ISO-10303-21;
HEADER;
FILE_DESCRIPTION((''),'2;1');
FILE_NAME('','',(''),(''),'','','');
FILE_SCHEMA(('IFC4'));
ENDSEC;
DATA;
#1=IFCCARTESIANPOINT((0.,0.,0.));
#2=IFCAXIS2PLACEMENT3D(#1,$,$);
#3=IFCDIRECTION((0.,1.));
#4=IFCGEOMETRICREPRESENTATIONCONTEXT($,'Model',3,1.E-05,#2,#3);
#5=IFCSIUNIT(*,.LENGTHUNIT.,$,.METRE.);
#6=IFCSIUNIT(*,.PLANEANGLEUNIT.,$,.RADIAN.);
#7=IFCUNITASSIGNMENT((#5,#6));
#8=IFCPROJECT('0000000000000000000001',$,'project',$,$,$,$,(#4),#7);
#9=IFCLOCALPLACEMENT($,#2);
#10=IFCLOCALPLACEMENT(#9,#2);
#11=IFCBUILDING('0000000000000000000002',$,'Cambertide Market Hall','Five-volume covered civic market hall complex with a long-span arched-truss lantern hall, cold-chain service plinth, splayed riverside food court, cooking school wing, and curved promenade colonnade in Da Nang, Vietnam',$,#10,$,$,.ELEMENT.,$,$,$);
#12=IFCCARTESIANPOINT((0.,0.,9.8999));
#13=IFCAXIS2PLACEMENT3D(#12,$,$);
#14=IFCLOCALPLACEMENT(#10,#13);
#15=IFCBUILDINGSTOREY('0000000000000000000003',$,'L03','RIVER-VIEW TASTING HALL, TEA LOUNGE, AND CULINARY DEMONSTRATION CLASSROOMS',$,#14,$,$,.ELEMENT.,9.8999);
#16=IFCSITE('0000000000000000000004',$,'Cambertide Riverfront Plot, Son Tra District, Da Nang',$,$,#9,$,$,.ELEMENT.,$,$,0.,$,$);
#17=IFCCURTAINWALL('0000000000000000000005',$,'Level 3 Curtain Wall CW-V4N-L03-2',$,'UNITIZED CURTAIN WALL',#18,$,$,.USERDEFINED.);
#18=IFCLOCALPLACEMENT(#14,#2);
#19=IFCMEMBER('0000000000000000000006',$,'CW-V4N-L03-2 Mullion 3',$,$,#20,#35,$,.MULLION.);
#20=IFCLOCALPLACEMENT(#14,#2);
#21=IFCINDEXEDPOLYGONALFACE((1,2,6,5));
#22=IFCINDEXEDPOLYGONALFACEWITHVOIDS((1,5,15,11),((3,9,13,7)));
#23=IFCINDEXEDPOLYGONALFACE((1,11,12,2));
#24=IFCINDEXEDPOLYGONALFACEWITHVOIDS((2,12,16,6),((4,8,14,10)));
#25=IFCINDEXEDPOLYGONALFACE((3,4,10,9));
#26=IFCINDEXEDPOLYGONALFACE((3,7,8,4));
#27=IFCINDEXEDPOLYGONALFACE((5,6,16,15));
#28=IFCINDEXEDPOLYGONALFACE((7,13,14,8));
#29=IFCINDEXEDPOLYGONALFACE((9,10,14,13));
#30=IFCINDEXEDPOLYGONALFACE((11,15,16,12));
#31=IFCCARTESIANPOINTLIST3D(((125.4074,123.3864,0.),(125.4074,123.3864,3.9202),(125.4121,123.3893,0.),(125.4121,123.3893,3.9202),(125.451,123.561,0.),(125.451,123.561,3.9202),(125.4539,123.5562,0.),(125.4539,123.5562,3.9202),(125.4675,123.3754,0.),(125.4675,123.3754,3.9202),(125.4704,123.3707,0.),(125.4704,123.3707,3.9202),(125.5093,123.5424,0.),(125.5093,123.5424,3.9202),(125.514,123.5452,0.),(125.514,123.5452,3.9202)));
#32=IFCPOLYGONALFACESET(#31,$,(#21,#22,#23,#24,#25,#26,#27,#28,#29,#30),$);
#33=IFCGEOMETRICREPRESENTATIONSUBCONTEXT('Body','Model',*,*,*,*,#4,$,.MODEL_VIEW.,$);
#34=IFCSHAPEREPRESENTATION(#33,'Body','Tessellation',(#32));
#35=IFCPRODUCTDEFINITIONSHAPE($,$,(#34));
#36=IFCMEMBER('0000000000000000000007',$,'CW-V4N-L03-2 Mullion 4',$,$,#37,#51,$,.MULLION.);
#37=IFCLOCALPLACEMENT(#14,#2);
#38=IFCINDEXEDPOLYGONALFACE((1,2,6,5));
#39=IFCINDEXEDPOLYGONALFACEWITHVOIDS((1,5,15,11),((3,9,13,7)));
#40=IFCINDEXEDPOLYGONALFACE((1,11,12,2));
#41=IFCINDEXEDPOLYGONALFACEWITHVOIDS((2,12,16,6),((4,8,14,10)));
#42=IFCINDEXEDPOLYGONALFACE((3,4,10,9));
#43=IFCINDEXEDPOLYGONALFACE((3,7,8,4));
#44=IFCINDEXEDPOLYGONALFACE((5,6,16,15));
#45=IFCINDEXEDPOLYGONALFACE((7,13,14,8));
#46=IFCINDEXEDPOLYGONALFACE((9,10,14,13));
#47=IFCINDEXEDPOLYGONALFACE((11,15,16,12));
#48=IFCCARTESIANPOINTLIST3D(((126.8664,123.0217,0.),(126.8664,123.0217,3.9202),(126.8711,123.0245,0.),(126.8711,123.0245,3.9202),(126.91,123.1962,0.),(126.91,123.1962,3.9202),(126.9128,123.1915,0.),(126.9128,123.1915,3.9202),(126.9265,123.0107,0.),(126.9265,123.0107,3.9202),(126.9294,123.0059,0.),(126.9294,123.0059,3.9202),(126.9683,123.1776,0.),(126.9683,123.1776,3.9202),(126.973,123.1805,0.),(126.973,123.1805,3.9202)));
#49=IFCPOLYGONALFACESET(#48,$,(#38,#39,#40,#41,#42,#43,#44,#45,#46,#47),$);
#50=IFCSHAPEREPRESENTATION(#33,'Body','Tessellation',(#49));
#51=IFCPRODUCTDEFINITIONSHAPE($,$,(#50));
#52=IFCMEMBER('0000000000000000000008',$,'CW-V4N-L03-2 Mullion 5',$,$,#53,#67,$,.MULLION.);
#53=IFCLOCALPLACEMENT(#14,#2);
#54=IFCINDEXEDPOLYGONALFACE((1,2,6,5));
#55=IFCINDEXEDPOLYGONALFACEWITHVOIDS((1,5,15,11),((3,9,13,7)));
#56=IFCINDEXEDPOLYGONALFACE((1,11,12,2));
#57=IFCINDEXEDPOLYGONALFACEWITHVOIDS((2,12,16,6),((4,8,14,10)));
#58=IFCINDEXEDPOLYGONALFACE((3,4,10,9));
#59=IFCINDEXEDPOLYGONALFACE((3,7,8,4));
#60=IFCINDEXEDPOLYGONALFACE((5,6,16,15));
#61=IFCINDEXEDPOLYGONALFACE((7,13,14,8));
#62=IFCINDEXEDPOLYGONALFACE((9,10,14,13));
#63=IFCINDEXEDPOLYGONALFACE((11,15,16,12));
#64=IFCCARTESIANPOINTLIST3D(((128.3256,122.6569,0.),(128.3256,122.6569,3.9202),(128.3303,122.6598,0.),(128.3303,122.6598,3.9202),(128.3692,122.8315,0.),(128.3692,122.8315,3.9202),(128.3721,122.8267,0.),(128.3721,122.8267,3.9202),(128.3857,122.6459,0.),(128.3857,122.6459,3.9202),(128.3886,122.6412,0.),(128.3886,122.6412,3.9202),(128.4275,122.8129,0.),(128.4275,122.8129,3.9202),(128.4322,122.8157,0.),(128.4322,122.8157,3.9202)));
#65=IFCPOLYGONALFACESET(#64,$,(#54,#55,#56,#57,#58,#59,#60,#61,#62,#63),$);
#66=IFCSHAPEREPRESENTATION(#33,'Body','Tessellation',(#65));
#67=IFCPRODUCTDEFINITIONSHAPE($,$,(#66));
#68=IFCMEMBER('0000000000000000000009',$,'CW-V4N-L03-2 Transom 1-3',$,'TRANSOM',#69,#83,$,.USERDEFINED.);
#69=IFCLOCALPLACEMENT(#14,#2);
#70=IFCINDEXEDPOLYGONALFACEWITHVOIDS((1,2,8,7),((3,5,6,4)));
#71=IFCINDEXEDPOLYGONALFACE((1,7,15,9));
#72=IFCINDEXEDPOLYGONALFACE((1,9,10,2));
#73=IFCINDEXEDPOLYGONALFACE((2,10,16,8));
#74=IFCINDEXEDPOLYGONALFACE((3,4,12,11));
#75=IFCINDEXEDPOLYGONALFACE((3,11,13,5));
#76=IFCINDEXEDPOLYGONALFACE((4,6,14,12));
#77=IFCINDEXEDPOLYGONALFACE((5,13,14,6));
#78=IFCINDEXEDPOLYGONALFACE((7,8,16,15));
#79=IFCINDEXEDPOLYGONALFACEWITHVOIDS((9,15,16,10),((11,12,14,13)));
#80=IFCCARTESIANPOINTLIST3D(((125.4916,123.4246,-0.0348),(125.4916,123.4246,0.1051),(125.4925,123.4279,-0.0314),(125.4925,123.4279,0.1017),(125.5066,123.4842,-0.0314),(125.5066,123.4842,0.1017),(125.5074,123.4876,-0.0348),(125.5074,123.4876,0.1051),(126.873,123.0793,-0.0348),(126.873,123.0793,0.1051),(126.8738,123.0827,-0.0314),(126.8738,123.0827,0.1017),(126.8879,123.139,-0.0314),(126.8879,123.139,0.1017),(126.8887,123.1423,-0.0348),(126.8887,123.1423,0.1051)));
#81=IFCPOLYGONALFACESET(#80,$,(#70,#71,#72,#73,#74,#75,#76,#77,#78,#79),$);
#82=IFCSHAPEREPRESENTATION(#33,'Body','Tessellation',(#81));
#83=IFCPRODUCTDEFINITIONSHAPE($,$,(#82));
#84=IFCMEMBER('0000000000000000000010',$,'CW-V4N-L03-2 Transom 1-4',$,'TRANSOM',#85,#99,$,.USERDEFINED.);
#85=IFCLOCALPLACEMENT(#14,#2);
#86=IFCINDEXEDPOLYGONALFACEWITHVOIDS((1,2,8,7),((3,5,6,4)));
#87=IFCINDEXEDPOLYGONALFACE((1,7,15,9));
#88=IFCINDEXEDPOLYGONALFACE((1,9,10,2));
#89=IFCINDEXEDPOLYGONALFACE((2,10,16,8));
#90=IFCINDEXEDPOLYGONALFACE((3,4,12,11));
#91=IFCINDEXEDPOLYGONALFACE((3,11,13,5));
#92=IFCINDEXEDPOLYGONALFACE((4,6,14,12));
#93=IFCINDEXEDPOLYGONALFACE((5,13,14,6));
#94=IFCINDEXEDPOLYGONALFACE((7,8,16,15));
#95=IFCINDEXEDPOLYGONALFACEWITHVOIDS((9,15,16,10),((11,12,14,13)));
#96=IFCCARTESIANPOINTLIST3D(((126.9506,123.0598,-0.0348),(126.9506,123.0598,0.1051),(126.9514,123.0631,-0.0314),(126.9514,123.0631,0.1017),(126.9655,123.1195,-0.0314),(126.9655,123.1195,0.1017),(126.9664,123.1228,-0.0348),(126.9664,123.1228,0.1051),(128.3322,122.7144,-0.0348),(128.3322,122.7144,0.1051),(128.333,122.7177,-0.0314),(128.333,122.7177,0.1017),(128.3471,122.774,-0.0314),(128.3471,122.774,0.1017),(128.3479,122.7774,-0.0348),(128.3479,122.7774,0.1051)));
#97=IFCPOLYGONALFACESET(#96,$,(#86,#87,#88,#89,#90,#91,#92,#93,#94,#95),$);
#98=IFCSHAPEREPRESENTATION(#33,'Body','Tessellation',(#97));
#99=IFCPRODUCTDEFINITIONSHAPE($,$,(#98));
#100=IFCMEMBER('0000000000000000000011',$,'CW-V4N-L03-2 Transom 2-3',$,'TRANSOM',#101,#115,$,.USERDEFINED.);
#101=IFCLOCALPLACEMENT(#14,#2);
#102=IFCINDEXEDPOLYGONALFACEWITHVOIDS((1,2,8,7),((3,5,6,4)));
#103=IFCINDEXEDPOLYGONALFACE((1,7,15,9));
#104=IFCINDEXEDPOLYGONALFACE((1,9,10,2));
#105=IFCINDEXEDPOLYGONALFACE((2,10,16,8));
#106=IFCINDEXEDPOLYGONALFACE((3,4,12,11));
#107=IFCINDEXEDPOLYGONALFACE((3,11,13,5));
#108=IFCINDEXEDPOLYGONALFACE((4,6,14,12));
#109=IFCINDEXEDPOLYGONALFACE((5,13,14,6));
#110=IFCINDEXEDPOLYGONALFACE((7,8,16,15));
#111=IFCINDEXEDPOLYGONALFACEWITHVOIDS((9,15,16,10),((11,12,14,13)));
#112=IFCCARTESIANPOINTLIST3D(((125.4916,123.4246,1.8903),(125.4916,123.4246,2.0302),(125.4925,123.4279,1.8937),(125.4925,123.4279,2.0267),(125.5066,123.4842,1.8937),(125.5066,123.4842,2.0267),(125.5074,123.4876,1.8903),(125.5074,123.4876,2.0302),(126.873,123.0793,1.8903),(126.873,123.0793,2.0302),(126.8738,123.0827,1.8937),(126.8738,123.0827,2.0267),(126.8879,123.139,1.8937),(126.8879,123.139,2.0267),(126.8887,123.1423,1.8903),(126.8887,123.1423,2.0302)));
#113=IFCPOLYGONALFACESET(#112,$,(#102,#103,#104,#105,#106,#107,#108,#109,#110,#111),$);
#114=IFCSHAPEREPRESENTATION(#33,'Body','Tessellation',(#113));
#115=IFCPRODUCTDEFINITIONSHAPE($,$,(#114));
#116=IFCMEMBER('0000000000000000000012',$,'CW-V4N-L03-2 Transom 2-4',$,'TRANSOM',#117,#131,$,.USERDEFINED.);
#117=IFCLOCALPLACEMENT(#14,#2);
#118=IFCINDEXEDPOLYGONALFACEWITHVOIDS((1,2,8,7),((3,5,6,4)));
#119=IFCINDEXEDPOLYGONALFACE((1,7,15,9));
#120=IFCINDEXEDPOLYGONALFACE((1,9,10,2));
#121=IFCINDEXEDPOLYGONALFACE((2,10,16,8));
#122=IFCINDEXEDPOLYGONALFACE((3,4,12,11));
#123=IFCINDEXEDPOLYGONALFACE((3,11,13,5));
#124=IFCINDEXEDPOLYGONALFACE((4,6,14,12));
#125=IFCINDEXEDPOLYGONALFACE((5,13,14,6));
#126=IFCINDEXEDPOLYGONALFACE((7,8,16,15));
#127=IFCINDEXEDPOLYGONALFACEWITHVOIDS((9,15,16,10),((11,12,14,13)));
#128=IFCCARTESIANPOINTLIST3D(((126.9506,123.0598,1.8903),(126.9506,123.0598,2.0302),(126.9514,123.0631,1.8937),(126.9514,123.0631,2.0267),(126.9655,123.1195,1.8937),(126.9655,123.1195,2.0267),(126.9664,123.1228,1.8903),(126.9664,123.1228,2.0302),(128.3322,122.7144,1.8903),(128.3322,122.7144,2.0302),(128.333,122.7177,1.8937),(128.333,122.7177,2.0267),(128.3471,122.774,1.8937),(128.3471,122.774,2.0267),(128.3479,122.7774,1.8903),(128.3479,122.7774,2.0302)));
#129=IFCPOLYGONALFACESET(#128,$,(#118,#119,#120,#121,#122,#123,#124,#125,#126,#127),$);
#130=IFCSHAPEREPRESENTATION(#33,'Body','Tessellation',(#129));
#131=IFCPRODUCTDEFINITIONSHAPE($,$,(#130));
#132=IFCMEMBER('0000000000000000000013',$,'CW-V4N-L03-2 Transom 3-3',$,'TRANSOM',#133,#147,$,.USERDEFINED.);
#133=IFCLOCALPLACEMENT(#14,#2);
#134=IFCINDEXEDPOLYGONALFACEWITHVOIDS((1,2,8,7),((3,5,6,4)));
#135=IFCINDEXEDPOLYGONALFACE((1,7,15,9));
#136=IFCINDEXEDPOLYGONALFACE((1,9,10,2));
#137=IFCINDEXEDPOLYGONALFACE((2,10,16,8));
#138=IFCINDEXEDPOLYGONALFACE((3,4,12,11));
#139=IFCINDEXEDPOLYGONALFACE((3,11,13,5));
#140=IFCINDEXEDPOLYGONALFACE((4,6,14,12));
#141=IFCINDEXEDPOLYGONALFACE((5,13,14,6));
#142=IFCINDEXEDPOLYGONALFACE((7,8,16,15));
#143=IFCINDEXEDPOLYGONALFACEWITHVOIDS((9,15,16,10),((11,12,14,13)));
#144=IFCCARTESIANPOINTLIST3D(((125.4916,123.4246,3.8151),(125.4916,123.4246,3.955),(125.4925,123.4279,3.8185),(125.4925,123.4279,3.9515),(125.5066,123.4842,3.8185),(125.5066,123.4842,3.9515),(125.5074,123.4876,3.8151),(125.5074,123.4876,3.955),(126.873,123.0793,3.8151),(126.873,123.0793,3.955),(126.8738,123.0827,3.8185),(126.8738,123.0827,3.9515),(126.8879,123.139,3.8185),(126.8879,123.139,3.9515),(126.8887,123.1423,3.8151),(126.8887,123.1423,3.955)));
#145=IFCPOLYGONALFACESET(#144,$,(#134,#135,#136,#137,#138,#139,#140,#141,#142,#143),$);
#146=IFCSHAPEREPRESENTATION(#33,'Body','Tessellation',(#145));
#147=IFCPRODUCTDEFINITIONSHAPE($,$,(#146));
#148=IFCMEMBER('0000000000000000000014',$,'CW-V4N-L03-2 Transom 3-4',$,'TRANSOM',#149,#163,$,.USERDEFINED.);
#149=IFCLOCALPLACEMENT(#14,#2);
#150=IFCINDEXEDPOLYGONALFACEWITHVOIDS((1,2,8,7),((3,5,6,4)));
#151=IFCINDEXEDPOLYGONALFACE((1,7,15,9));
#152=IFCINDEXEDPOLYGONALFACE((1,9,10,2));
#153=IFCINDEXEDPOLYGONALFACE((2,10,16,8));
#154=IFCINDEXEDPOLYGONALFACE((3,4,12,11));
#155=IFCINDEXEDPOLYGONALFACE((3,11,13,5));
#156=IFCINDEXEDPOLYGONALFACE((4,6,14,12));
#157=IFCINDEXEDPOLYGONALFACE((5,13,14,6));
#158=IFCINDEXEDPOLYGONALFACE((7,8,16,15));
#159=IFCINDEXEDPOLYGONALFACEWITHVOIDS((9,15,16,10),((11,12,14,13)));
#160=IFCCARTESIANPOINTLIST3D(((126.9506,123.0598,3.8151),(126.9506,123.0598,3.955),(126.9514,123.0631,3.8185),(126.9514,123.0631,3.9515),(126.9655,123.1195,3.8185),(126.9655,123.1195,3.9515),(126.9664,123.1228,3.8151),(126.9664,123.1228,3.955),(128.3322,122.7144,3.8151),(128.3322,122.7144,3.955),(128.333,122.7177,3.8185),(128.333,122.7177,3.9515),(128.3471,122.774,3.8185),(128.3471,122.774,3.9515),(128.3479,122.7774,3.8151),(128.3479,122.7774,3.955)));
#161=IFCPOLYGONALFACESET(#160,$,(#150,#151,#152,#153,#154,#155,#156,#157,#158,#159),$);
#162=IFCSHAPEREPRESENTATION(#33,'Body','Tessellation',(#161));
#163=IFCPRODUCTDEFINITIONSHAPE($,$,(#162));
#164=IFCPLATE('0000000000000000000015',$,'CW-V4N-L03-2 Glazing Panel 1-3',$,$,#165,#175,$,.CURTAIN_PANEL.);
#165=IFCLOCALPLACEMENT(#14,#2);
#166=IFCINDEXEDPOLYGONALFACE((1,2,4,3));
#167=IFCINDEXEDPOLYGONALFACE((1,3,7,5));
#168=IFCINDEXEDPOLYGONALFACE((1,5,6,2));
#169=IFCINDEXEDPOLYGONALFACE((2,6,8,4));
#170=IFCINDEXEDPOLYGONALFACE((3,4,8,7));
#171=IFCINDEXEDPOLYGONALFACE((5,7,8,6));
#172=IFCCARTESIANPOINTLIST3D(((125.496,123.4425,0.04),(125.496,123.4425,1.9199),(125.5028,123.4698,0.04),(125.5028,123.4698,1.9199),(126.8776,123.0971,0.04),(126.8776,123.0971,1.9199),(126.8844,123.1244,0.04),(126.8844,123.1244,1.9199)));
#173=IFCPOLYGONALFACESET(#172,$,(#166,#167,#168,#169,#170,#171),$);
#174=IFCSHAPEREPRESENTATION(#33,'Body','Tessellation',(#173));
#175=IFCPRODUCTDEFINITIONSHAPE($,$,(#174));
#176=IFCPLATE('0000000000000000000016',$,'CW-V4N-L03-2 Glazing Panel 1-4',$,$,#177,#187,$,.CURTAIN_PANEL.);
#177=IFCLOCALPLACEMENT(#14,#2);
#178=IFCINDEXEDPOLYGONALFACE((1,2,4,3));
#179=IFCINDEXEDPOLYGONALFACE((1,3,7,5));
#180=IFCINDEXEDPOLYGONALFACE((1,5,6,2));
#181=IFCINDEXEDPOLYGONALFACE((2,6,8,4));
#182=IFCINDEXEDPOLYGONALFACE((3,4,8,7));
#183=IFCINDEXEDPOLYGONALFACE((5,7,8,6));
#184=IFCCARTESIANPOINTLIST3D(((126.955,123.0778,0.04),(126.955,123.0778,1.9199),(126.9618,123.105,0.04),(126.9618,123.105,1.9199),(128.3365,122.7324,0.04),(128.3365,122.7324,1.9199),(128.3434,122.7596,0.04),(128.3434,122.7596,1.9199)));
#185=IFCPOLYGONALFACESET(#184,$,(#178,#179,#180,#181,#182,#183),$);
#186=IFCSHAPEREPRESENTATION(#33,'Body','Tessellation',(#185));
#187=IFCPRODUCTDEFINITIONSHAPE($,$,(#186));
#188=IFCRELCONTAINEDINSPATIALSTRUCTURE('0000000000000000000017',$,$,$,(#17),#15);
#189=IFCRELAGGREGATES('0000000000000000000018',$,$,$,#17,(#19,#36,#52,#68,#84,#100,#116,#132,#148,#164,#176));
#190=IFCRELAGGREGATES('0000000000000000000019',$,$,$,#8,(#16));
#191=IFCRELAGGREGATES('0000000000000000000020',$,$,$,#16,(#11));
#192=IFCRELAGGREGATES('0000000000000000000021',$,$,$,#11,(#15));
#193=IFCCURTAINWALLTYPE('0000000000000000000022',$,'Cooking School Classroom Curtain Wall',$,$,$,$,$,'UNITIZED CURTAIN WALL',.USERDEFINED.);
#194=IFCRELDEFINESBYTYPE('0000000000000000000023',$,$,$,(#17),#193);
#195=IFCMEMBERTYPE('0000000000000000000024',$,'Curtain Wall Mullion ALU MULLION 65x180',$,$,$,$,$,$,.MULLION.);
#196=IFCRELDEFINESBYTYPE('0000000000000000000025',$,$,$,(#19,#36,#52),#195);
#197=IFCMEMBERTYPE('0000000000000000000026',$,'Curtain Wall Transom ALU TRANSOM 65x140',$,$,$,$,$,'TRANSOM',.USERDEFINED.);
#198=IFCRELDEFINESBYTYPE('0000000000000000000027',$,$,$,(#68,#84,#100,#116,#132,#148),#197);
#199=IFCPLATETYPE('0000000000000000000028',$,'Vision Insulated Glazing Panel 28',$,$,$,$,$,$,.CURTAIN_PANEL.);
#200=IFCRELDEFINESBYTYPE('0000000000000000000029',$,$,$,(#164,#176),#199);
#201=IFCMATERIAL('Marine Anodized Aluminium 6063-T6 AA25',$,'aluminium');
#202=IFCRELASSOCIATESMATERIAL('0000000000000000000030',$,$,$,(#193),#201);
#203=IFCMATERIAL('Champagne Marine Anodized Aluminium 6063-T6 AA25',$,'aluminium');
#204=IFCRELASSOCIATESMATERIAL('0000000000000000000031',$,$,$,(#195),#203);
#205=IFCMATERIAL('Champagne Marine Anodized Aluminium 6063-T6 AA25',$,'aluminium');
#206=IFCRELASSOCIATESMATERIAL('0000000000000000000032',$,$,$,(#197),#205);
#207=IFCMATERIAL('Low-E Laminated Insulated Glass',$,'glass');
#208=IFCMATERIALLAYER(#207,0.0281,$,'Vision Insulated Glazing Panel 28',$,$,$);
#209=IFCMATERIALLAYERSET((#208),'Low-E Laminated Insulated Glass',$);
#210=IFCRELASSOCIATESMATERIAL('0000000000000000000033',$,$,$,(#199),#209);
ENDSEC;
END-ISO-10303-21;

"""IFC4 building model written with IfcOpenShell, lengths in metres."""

from ifc_helpers import new_model, si_unit, direction, frame, origin, origin_2d, place, context, subcontext, project, spatial, rectangle, hollow_rectangle, extrude, material, layer, layer_set, material_profile, profile_set, type_object, element, aggregate, save


model = new_model("IFC4")

# Units and contexts
model_context = context("Model", 3, precision=1e-05, world=origin(), true_north=direction((0.0, 1.0)))
body_context = subcontext(model_context, "Body", "Model", "MODEL_VIEW")
ifc_project = project(units=[si_unit("LENGTHUNIT", "METRE"), si_unit("PLANEANGLEUNIT", "RADIAN")], contexts=[model_context])

# Site, building, storey
site_placement = place(None, origin())
site = spatial("IfcSite", under=ifc_project, at=site_placement, Name="Cambertide Riverfront Plot, Son Tra District, Da Nang", CompositionType="ELEMENT", RefElevation=0.0)
building_placement = place(site_placement, origin())
building = spatial("IfcBuilding", under=site, at=building_placement, Name="Cambertide Market Hall", Description="Five-volume covered civic market hall complex with a long-span arched-truss lantern hall, cold-chain service plinth, splayed riverside food court, cooking school wing, and curved promenade colonnade in Da Nang, Vietnam", CompositionType="ELEMENT")
storey_placement = place(building_placement, frame((0.0, 0.0, 9.8999)))
storey = spatial("IfcBuildingStorey", under=building, at=storey_placement, Name="L03", Description="RIVER-VIEW TASTING HALL, TEA LOUNGE, AND CULINARY DEMONSTRATION CLASSROOMS", CompositionType="ELEMENT", Elevation=9.8999)

# Curtain wall, members, plates
ifc_material_1 = material(Name="Marine Anodized Aluminium 6063-T6 AA25", Category="aluminium")
curtain_wall_type = type_object("IfcCurtainWallType", Name="Cooking School Classroom Curtain Wall", ElementType="UNITIZED CURTAIN WALL", PredefinedType="USERDEFINED", material=ifc_material_1)
curtain_wall_placement = place(storey_placement, origin())
curtain_wall = element("IfcCurtainWall", 1, at=curtain_wall_placement, inside=storey, type_object=curtain_wall_type, Name="Level 3 Curtain Wall CW-V4N-L03-2", ObjectType="UNITIZED CURTAIN WALL", PredefinedType="USERDEFINED")
ifc_material_2 = material(Name="Champagne Marine Anodized Aluminium 6063-T6 AA25", Category="aluminium")
ifc_material_profile_1 = material_profile(ifc_material_2, hollow_rectangle(XDim=0.0649, YDim=0.1799, WallThickness=0.0039, at=origin_2d()), Name="ALU MULLION 65x180")
ifc_profile_set_1 = profile_set([ifc_material_profile_1], Name="Champagne Marine Anodized Aluminium 6063-T6 AA25")
member_type_1 = type_object("IfcMemberType", Name="Curtain Wall Mullion ALU MULLION 65x180", PredefinedType="MULLION", material=ifc_profile_set_1)
member_1_placement = place(storey_placement, frame((125.4607, 123.4658, 0.0), z_axis=(0.0, 0.0, 1.0), x_axis=(0.970143, -0.242536, 0.0)))
member_1 = element("IfcMember", 2, at=member_1_placement, type_object=member_type_1, Name="CW-V4N-L03-2 Mullion 3", PredefinedType="MULLION", context=body_context, shape_type="SweptSolid", body=[
    extrude(hollow_rectangle(XDim=0.0649, YDim=0.1799, WallThickness=0.0039, at=origin_2d()), origin(), (0.0, 0.0, 1.0), 3.9202),
])
member_2_placement = place(storey_placement, frame((126.9197, 123.1011, 0.0), z_axis=(0.0, 0.0, 1.0), x_axis=(0.970143, -0.242536, 0.0)))
member_2 = element("IfcMember", 3, at=member_2_placement, type_object=member_type_1, Name="CW-V4N-L03-2 Mullion 4", PredefinedType="MULLION", context=body_context, shape_type="SweptSolid", body=[
    extrude(hollow_rectangle(XDim=0.0649, YDim=0.1799, WallThickness=0.0039, at=origin_2d()), origin(), (0.0, 0.0, 1.0), 3.9202),
])
member_3_placement = place(storey_placement, frame((128.3789, 122.7363, 0.0), z_axis=(0.0, 0.0, 1.0), x_axis=(0.970143, -0.242536, 0.0)))
member_3 = element("IfcMember", 4, at=member_3_placement, type_object=member_type_1, Name="CW-V4N-L03-2 Mullion 5", PredefinedType="MULLION", context=body_context, shape_type="SweptSolid", body=[
    extrude(hollow_rectangle(XDim=0.0649, YDim=0.1799, WallThickness=0.0039, at=origin_2d()), origin(), (0.0, 0.0, 1.0), 3.9202),
])
ifc_material_3 = material(Name="Champagne Marine Anodized Aluminium 6063-T6 AA25", Category="aluminium")
ifc_material_profile_2 = material_profile(ifc_material_3, hollow_rectangle(XDim=0.0649, YDim=0.1399, WallThickness=0.0034, at=origin_2d()), Name="ALU TRANSOM 65x140")
ifc_profile_set_2 = profile_set([ifc_material_profile_2], Name="Champagne Marine Anodized Aluminium 6063-T6 AA25")
member_type_2 = type_object("IfcMemberType", Name="Curtain Wall Transom ALU TRANSOM 65x140", ElementType="TRANSOM", PredefinedType="USERDEFINED", material=ifc_profile_set_2)
member_4_placement = place(storey_placement, frame((125.4995, 123.4561, 0.0352), z_axis=(0.970163, -0.242455, 0.0), x_axis=(0.242455, 0.970163, 0.0)))
member_4 = element("IfcMember", 5, at=member_4_placement, type_object=member_type_2, Name="CW-V4N-L03-2 Transom 1-3", ObjectType="TRANSOM", PredefinedType="USERDEFINED", context=body_context, shape_type="SweptSolid", body=[
    extrude(hollow_rectangle(XDim=0.0649, YDim=0.1399, WallThickness=0.0034, at=origin_2d()), origin(), (0.0, 0.0, 1.0), 1.4238),
])
member_5_placement = place(storey_placement, frame((126.9585, 123.0913, 0.0352), z_axis=(0.970132, -0.242576, 0.0), x_axis=(0.242576, 0.970132, 0.0)))
member_5 = element("IfcMember", 6, at=member_5_placement, type_object=member_type_2, Name="CW-V4N-L03-2 Transom 1-4", ObjectType="TRANSOM", PredefinedType="USERDEFINED", context=body_context, shape_type="SweptSolid", body=[
    extrude(hollow_rectangle(XDim=0.0649, YDim=0.1399, WallThickness=0.0034, at=origin_2d()), origin(), (0.0, 0.0, 1.0), 1.4241),
])
member_6_placement = place(storey_placement, frame((125.4995, 123.4561, 1.9602), z_axis=(0.970163, -0.242455, 0.0), x_axis=(0.242455, 0.970163, 0.0)))
member_6 = element("IfcMember", 7, at=member_6_placement, type_object=member_type_2, Name="CW-V4N-L03-2 Transom 2-3", ObjectType="TRANSOM", PredefinedType="USERDEFINED", context=body_context, shape_type="SweptSolid", body=[
    extrude(hollow_rectangle(XDim=0.0649, YDim=0.1399, WallThickness=0.0034, at=origin_2d()), origin(), (0.0, 0.0, 1.0), 1.4238),
])
member_7_placement = place(storey_placement, frame((126.9585, 123.0913, 1.9602), z_axis=(0.970132, -0.242576, 0.0), x_axis=(0.242576, 0.970132, 0.0)))
member_7 = element("IfcMember", 8, at=member_7_placement, type_object=member_type_2, Name="CW-V4N-L03-2 Transom 2-4", ObjectType="TRANSOM", PredefinedType="USERDEFINED", context=body_context, shape_type="SweptSolid", body=[
    extrude(hollow_rectangle(XDim=0.0649, YDim=0.1399, WallThickness=0.0034, at=origin_2d()), origin(), (0.0, 0.0, 1.0), 1.4241),
])
member_8_placement = place(storey_placement, frame((125.4995, 123.4561, 3.885), z_axis=(0.970163, -0.242455, 0.0), x_axis=(0.242455, 0.970163, 0.0)))
member_8 = element("IfcMember", 9, at=member_8_placement, type_object=member_type_2, Name="CW-V4N-L03-2 Transom 3-3", ObjectType="TRANSOM", PredefinedType="USERDEFINED", context=body_context, shape_type="SweptSolid", body=[
    extrude(hollow_rectangle(XDim=0.0649, YDim=0.1399, WallThickness=0.0034, at=origin_2d()), origin(), (0.0, 0.0, 1.0), 1.4238),
])
member_9_placement = place(storey_placement, frame((126.9585, 123.0913, 3.885), z_axis=(0.970132, -0.242576, 0.0), x_axis=(0.242576, 0.970132, 0.0)))
member_9 = element("IfcMember", 10, at=member_9_placement, type_object=member_type_2, Name="CW-V4N-L03-2 Transom 3-4", ObjectType="TRANSOM", PredefinedType="USERDEFINED", context=body_context, shape_type="SweptSolid", body=[
    extrude(hollow_rectangle(XDim=0.0649, YDim=0.1399, WallThickness=0.0034, at=origin_2d()), origin(), (0.0, 0.0, 1.0), 1.4241),
])
ifc_material_4 = material(Name="Low-E Laminated Insulated Glass", Category="glass")
ifc_layer_1 = layer(ifc_material_4, 0.0281, Name="Vision Insulated Glazing Panel 28")
ifc_layer_set_1 = layer_set([ifc_layer_1], Name="Low-E Laminated Insulated Glass")
plate_type = type_object("IfcPlateType", Name="Vision Insulated Glazing Panel 28", PredefinedType="CURTAIN_PANEL", material=ifc_layer_set_1)
plate_1_placement = place(storey_placement, frame((126.1902, 123.2834, 0.04), z_axis=(0.0, 0.0, 1.0), x_axis=(0.970143, -0.242536, 0.0)))
plate_1 = element("IfcPlate", 11, at=plate_1_placement, type_object=plate_type, Name="CW-V4N-L03-2 Glazing Panel 1-3", PredefinedType="CURTAIN_PANEL", context=body_context, shape_type="SweptSolid", body=[
    extrude(rectangle(XDim=1.4241, YDim=0.0281, at=origin_2d()), origin(), (0.0, 0.0, 1.0), 1.8799),
])
plate_2_placement = place(storey_placement, frame((127.6492, 122.9187, 0.04), z_axis=(0.0, 0.0, 1.0), x_axis=(0.970143, -0.242536, 0.0)))
plate_2 = element("IfcPlate", 12, at=plate_2_placement, type_object=plate_type, Name="CW-V4N-L03-2 Glazing Panel 1-4", PredefinedType="CURTAIN_PANEL", context=body_context, shape_type="SweptSolid", body=[
    extrude(rectangle(XDim=1.4241, YDim=0.0281, at=origin_2d()), origin(), (0.0, 0.0, 1.0), 1.8799),
])
aggregate(curtain_wall, [member_1, member_2, member_3, member_4, member_5, member_6, member_7, member_8, member_9, plate_1, plate_2])

save(model, "model.ifc")
